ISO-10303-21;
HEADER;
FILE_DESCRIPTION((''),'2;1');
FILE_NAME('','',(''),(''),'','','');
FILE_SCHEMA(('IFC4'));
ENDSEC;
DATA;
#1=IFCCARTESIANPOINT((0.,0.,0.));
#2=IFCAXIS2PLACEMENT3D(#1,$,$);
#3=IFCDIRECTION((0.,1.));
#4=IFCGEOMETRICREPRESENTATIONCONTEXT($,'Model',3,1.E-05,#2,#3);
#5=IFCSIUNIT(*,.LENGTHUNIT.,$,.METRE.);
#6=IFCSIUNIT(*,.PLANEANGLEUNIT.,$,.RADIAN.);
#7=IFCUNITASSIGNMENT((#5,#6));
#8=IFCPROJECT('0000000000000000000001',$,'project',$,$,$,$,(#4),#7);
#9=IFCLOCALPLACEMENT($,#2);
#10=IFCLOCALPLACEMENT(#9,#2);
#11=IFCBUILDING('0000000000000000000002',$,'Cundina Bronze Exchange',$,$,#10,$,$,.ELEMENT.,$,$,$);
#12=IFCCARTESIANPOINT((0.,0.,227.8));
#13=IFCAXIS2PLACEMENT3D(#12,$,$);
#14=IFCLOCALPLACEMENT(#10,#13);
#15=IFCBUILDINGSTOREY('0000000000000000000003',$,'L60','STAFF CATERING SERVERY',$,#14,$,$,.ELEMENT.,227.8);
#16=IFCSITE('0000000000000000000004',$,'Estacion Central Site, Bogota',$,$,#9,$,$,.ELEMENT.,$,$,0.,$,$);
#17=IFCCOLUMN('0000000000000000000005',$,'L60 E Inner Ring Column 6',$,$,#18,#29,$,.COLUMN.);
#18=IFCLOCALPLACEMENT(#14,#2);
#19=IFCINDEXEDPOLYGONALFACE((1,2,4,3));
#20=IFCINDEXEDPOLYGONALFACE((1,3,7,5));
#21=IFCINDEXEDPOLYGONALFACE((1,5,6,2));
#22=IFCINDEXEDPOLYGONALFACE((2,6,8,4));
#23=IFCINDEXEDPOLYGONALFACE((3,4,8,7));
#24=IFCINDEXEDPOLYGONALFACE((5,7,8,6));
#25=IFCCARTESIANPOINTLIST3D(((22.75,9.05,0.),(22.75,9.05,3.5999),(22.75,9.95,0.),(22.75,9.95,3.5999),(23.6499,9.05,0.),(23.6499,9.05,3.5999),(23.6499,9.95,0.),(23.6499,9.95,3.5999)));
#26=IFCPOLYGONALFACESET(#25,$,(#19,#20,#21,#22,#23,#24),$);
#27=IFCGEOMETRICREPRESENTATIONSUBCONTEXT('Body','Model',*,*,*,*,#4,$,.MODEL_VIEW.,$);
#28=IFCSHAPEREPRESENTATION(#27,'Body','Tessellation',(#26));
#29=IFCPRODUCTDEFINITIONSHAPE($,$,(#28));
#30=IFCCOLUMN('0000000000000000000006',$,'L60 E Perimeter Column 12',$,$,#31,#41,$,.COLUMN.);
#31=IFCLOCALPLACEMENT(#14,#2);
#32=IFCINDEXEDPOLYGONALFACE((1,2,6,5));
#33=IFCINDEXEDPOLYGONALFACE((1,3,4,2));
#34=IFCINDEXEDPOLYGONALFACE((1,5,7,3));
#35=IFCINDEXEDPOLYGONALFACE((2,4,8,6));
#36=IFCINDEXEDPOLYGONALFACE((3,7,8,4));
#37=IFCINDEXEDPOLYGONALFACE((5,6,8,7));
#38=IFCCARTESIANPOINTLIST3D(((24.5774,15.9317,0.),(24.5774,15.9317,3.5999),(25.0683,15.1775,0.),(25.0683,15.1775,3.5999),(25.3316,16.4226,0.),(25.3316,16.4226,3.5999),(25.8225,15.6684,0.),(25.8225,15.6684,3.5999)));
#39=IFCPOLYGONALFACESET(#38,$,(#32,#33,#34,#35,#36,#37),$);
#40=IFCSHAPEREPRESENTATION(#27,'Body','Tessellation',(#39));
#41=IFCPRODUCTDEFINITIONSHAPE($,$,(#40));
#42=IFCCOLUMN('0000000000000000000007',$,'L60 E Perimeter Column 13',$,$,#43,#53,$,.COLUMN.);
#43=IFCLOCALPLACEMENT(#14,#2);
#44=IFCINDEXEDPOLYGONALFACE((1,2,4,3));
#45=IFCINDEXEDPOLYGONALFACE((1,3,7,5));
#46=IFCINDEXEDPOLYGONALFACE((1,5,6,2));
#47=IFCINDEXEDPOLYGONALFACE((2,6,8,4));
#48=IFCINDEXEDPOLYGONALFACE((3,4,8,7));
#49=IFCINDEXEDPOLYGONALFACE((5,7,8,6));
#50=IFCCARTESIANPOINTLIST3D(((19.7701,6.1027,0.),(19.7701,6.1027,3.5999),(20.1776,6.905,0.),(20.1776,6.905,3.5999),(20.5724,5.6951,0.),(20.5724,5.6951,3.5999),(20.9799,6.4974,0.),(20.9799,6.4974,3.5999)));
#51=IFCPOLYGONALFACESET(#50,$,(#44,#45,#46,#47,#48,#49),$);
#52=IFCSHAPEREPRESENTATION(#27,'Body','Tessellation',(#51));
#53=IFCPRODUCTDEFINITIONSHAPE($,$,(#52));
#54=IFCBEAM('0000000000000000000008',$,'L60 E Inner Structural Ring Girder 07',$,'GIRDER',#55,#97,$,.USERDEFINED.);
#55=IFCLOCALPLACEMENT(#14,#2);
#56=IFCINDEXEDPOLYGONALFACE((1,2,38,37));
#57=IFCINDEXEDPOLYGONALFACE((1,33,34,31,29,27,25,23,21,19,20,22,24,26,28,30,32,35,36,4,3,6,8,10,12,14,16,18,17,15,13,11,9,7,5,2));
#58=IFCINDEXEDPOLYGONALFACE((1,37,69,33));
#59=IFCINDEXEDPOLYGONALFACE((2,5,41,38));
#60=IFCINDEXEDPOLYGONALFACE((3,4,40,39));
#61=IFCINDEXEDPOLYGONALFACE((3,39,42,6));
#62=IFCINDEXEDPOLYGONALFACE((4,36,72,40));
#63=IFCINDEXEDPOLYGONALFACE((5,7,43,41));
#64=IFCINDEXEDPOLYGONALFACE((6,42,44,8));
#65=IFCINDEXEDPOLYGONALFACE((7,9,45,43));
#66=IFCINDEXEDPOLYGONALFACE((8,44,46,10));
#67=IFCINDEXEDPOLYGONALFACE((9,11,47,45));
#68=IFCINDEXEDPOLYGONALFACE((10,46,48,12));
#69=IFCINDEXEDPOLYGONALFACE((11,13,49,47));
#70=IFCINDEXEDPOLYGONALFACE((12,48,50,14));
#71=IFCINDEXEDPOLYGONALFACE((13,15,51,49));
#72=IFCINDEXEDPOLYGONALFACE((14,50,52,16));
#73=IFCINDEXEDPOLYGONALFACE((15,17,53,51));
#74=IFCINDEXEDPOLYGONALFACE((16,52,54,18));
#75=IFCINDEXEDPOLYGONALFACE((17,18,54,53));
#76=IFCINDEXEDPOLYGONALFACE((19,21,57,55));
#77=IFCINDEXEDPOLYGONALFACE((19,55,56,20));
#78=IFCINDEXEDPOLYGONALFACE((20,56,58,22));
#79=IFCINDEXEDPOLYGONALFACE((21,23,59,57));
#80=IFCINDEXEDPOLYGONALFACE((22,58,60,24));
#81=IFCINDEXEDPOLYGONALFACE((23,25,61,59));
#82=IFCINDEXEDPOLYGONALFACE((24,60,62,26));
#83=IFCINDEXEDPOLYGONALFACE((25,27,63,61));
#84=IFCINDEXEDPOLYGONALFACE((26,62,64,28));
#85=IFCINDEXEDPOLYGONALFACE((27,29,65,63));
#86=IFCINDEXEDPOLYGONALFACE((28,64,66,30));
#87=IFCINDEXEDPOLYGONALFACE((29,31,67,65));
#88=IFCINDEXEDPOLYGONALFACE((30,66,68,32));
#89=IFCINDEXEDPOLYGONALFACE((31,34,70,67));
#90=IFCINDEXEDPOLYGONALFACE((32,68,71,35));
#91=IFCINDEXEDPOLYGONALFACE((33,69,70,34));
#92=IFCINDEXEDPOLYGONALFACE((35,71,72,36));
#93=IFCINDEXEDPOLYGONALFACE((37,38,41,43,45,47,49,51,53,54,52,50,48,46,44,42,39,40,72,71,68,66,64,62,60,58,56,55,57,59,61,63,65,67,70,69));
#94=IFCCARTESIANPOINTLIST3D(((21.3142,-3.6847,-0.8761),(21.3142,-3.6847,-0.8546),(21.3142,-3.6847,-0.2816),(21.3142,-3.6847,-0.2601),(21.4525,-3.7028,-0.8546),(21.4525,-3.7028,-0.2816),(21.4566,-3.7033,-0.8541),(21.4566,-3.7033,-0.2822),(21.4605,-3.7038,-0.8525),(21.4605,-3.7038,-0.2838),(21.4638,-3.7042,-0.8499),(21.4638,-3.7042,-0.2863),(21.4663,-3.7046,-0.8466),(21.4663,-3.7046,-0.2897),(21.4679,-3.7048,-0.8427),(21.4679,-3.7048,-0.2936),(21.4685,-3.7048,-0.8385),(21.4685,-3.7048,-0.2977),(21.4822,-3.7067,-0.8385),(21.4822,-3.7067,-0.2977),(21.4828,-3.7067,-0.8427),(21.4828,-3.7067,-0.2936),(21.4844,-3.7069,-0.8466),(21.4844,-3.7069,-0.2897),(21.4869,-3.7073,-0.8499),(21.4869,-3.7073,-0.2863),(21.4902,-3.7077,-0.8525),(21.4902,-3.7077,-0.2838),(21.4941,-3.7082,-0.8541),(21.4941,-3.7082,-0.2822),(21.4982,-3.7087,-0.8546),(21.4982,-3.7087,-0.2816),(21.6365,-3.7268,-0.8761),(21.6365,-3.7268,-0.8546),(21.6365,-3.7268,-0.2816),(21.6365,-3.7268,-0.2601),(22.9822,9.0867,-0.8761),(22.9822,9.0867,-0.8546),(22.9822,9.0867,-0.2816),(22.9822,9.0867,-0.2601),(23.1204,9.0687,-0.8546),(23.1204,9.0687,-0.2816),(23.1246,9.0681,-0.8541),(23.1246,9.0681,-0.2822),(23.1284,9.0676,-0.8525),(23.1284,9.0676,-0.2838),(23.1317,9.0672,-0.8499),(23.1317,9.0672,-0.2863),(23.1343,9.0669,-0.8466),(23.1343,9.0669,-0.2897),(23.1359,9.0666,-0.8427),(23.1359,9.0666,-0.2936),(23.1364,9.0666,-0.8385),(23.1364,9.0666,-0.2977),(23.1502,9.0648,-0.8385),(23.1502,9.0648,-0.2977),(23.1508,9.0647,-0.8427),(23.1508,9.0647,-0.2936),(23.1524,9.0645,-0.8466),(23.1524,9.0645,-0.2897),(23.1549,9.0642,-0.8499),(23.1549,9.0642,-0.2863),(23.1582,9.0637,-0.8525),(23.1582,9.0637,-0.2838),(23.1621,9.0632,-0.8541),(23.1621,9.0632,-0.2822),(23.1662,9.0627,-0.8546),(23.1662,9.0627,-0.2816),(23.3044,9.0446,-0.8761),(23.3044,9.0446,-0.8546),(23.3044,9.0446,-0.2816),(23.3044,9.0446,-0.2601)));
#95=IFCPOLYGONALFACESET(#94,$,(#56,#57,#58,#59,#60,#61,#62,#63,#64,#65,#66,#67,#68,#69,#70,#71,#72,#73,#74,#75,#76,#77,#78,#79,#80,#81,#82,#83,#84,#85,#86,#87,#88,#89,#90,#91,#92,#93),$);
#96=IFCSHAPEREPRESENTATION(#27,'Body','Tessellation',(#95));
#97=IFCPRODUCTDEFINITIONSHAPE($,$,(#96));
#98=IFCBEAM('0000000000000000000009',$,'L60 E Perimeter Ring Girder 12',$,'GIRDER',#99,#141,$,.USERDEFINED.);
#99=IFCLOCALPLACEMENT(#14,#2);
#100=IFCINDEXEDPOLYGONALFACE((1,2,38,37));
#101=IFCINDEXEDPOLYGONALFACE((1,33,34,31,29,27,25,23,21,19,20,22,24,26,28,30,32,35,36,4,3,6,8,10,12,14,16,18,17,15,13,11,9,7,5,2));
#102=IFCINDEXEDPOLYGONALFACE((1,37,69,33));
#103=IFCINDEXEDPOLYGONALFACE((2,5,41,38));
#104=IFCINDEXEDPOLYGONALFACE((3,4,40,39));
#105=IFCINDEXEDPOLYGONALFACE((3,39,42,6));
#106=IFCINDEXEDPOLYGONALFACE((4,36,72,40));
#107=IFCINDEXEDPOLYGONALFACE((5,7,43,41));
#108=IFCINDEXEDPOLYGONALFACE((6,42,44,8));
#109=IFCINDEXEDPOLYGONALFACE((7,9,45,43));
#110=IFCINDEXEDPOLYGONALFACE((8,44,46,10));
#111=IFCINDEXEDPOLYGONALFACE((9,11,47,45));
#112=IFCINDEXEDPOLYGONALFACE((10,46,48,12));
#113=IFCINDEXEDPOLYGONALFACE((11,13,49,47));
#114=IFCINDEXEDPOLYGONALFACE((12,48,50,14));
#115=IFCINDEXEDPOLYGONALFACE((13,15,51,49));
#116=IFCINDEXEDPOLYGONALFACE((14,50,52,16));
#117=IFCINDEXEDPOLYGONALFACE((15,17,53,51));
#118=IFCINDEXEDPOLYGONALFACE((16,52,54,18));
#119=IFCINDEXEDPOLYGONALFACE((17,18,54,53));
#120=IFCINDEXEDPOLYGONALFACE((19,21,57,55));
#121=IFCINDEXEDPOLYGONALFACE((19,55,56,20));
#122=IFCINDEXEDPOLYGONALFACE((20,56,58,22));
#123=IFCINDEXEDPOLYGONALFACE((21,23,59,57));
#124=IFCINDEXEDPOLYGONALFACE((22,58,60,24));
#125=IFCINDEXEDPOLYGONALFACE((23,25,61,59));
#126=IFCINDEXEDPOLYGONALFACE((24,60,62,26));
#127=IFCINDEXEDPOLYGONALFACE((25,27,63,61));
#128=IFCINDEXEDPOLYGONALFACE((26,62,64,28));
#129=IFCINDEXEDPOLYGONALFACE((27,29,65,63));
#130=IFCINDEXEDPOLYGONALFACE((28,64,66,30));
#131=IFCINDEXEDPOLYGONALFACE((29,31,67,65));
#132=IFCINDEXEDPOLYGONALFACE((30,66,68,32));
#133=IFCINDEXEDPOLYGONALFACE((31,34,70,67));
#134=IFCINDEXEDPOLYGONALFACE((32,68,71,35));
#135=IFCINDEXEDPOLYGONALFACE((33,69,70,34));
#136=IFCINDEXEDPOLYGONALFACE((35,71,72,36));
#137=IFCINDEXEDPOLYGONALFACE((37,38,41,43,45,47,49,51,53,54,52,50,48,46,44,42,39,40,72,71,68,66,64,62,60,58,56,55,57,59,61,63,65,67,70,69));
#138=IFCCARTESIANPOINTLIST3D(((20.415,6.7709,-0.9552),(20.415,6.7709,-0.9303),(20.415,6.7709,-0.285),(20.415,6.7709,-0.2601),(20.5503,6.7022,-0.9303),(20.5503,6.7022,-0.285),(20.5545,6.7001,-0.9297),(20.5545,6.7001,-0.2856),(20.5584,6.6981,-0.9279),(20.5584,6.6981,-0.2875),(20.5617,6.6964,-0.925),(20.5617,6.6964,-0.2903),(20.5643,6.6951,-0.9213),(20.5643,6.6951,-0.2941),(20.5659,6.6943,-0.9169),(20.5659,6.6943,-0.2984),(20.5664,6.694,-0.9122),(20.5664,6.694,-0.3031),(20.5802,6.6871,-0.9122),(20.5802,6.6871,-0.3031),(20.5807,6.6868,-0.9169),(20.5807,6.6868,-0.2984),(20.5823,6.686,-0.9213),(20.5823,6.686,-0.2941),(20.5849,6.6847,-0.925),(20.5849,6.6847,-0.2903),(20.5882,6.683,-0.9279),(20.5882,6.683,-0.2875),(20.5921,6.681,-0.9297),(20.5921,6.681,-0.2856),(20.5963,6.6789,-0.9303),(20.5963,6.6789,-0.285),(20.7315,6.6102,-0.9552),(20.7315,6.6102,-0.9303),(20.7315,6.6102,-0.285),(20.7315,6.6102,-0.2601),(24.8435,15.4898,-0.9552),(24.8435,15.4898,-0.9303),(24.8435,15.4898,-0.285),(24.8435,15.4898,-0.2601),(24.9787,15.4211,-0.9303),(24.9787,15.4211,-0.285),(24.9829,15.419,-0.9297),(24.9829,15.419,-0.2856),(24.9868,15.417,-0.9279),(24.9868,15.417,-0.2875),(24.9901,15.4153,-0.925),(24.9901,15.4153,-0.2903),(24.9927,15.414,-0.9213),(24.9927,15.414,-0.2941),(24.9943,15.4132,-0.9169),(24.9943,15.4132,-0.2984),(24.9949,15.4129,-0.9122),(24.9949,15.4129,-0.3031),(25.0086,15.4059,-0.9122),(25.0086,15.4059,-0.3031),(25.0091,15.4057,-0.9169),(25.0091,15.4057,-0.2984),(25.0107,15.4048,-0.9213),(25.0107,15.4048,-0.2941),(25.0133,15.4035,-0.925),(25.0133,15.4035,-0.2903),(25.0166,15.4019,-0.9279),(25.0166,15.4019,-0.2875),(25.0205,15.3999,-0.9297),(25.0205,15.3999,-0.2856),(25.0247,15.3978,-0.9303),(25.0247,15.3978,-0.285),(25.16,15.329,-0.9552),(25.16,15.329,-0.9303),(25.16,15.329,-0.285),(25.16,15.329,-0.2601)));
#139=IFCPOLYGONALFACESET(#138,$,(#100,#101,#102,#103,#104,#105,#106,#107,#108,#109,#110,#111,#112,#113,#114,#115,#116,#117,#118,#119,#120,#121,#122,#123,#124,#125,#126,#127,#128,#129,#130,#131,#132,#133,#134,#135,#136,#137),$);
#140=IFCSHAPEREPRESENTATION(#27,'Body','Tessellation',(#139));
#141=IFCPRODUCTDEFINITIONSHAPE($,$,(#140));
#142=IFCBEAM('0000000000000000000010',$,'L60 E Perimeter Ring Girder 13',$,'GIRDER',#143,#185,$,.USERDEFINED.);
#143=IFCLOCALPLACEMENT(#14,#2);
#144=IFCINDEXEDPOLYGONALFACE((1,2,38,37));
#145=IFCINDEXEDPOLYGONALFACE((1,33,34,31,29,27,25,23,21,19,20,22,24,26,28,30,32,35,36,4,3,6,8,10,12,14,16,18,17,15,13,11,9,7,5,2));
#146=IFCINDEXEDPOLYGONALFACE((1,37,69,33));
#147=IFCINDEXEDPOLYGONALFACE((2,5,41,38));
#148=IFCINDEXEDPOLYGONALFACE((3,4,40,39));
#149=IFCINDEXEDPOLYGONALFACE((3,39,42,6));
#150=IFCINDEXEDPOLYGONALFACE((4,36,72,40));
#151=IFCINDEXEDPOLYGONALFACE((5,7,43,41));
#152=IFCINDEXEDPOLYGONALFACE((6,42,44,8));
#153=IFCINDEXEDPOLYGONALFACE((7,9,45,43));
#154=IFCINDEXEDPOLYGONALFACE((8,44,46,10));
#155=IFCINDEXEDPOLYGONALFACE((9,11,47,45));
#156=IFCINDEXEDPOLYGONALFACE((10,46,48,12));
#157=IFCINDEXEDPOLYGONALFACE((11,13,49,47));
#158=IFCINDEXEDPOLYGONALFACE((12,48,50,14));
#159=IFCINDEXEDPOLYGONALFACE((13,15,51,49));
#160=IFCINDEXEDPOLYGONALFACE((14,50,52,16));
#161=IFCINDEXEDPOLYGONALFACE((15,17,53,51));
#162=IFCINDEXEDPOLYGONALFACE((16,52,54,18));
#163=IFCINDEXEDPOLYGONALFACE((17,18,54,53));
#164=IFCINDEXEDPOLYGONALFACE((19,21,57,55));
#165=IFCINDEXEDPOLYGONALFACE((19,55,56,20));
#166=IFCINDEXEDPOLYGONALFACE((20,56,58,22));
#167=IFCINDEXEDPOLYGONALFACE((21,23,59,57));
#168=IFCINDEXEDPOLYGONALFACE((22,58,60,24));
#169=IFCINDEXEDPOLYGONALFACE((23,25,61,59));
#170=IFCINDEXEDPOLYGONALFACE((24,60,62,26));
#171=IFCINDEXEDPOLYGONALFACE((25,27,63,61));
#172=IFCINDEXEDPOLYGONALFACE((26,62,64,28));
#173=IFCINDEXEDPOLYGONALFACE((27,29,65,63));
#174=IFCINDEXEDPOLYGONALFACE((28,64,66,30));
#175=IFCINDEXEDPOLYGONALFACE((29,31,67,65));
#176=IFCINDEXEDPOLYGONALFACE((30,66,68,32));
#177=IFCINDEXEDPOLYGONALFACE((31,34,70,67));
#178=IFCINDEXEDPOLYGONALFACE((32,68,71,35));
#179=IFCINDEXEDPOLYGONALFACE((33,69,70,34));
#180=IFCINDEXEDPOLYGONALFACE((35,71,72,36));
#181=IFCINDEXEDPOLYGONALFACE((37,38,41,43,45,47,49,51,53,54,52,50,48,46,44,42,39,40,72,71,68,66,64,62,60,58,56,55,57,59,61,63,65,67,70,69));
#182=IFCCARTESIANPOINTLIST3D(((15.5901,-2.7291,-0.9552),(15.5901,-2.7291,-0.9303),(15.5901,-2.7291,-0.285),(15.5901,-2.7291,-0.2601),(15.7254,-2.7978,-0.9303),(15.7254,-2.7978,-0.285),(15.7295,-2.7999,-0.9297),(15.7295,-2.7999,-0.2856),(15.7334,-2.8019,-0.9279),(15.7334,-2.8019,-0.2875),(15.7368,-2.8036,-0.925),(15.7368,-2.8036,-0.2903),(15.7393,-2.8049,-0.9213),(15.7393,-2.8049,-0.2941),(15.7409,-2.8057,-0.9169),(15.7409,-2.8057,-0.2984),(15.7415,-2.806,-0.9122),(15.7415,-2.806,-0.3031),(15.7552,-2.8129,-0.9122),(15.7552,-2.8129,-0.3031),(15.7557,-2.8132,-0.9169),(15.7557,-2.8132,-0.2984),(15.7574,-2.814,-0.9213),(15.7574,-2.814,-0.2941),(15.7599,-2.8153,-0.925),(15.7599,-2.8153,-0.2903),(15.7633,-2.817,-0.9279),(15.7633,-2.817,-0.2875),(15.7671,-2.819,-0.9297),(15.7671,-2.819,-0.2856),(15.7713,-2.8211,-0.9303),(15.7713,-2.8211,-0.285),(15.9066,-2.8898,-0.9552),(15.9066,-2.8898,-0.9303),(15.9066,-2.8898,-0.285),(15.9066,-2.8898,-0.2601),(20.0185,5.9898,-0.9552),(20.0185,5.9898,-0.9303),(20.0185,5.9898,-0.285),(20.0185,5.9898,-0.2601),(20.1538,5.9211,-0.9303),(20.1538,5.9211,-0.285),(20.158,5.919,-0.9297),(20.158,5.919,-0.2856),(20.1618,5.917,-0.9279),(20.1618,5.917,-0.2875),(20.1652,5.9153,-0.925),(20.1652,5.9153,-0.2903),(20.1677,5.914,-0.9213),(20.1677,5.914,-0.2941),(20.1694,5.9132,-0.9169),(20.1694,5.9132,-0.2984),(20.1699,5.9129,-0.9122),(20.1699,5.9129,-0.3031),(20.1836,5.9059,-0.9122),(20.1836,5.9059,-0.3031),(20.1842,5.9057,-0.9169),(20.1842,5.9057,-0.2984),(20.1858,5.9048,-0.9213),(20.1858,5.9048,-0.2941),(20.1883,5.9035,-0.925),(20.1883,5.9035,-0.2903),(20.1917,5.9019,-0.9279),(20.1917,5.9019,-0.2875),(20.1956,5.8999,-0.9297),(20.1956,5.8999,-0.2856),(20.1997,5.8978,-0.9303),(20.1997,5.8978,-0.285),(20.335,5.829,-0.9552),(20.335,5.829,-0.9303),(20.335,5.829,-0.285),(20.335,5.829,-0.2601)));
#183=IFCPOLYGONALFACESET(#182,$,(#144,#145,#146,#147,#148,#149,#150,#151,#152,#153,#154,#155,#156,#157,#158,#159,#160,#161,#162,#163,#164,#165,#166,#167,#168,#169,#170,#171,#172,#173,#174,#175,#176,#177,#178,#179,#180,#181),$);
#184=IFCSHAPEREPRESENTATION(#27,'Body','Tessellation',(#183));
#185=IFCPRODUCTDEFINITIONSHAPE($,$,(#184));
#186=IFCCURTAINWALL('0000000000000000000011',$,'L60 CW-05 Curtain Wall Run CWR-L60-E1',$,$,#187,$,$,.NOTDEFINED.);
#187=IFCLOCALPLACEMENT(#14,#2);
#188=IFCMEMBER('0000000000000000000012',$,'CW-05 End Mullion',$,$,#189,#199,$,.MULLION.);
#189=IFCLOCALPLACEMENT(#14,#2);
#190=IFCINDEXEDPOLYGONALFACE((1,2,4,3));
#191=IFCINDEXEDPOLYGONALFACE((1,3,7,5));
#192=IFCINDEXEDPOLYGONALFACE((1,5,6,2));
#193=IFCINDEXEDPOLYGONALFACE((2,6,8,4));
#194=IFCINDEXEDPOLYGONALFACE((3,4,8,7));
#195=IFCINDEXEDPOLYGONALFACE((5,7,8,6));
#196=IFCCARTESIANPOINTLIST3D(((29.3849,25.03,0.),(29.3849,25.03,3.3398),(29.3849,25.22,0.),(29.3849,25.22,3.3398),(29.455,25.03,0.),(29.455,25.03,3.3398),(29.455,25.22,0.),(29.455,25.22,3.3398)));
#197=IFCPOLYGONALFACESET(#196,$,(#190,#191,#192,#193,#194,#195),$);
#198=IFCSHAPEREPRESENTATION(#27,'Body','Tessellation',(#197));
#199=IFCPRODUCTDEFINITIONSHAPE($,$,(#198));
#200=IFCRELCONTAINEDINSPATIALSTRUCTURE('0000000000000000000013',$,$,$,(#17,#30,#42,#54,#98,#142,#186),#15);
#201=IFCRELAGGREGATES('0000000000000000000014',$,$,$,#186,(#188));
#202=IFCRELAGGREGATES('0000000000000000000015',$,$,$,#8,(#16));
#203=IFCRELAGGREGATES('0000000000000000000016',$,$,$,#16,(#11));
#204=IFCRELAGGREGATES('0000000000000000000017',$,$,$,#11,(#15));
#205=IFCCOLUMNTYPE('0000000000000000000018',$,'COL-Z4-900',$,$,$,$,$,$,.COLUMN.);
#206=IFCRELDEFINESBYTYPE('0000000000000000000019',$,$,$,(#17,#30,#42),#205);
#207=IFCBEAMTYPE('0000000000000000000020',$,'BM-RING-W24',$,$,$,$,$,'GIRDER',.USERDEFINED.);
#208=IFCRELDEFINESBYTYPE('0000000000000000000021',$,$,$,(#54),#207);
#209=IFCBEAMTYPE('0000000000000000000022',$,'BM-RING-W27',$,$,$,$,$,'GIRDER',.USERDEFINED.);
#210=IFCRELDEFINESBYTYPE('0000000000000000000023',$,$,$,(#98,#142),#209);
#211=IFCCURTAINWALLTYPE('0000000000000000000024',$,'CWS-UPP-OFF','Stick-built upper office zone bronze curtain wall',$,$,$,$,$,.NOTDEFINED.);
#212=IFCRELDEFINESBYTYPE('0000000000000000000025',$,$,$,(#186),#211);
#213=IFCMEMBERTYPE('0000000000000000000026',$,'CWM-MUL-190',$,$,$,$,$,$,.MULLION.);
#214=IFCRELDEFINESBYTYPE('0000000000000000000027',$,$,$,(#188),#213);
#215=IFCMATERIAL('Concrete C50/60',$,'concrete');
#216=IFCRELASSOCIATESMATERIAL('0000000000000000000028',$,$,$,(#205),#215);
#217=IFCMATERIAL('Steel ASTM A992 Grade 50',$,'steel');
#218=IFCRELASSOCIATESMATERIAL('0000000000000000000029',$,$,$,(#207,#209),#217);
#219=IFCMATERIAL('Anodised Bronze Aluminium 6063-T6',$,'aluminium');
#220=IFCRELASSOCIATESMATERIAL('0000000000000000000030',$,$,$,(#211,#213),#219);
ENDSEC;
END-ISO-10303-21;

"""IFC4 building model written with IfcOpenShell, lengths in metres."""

from ifc_helpers import new_model, si_unit, direction, frame, origin, origin_2d, place, context, subcontext, project, spatial, rectangle, i_section, extrude, material, material_profile, profile_set, type_object, element, aggregate, save


model = new_model("IFC4")

# Units and contexts
model_context = context("Model", 3, precision=1e-05, world=origin(), true_north=direction((0.0, 1.0)))
body_context = subcontext(model_context, "Body", "Model", "MODEL_VIEW")
ifc_project = project(units=[si_unit("LENGTHUNIT", "METRE"), si_unit("PLANEANGLEUNIT", "RADIAN")], contexts=[model_context])

# Site, building, storey
site_placement = place(None, origin())
site = spatial("IfcSite", under=ifc_project, at=site_placement, Name="Estacion Central Site, Bogota", CompositionType="ELEMENT", RefElevation=0.0)
building_placement = place(site_placement, origin())
building = spatial("IfcBuilding", under=site, at=building_placement, Name="Cundina Bronze Exchange", CompositionType="ELEMENT")
storey_placement = place(building_placement, frame((0.0, 0.0, 227.8)))
storey = spatial("IfcBuildingStorey", under=building, at=storey_placement, Name="L60", Description="STAFF CATERING SERVERY", CompositionType="ELEMENT", Elevation=227.8)

# Columns
ifc_material_1 = material(Name="Concrete C50/60", Category="concrete")
ifc_material_profile_1 = material_profile(ifc_material_1, rectangle(XDim=0.8999, YDim=0.8999, at=origin_2d()), Name="RC900X900", Category="concrete")
ifc_profile_set_1 = profile_set([ifc_material_profile_1], Name="Concrete C50/60")
column_type = type_object("IfcColumnType", Name="COL-Z4-900", PredefinedType="COLUMN", material=ifc_profile_set_1)
for number, where, z_axis, x_axis, name in (
    (1, (23.2, 9.5, 0.0), (0.0, 0.0, 1.0), (1.0, 0.0, 0.0), "L60 E Inner Ring Column 6"),
    (2, (25.2, 15.8, 0.0), (0.0, 0.0, 1.0), (-0.8381, -0.545517, 0.0), "L60 E Perimeter Column 12"),
    (3, (20.375, 6.3, 0.0), (0.0, 0.0, 1.0), (-0.452902, -0.891561, 0.0), "L60 E Perimeter Column 13"),
):
    element("IfcColumn", number, at=place(storey_placement, frame(where, z_axis=z_axis, x_axis=x_axis)), inside=storey, type_object=column_type, Name=name, PredefinedType="COLUMN", context=body_context, shape_type="SweptSolid", body=[
        extrude(rectangle(XDim=0.8999, YDim=0.8999, at=origin_2d()), origin(), (0.0, 0.0, 1.0), 3.5999),
    ])

# Beams
ifc_material_2 = material(Name="Steel ASTM A992 Grade 50", Category="steel")
ifc_material_profile_2 = material_profile(ifc_material_2, i_section(OverallWidth=0.325, OverallDepth=0.616, WebThickness=0.0139, FlangeThickness=0.0215, FilletRadius=0.0161, at=origin_2d()), Name="W24X117", Category="steel")
ifc_profile_set_2 = profile_set([ifc_material_profile_2], Name="Steel ASTM A992 Grade 50")
beam_type_1 = type_object("IfcBeamType", Name="BM-RING-W24", ElementType="GIRDER", PredefinedType="USERDEFINED", material=ifc_profile_set_2)
beam_placement = place(storey_placement, frame((23.1433, 9.0657, -0.5681), z_axis=(-0.129501, -0.991579, 0.0), x_axis=(0.991579, -0.129501, 0.0)))
element("IfcBeam", 4, at=beam_placement, inside=storey, type_object=beam_type_1, Name="L60 E Inner Structural Ring Girder 07", ObjectType="GIRDER", PredefinedType="USERDEFINED", context=body_context, shape_type="SweptSolid", body=[
    extrude(i_section(OverallWidth=0.325, OverallDepth=0.616, WebThickness=0.0139, FlangeThickness=0.0215, FilletRadius=0.0161, at=origin_2d()), origin(), (0.0, 0.0, 1.0), 12.8799),
])
ifc_material_profile_3 = material_profile(ifc_material_2, i_section(OverallWidth=0.355, OverallDepth=0.6951, WebThickness=0.0154, FlangeThickness=0.0249, FilletRadius=0.0181, at=origin_2d()), Name="W27X146", Category="steel")
ifc_profile_set_3 = profile_set([ifc_material_profile_3], Name="Steel ASTM A992 Grade 50")
beam_type_2 = type_object("IfcBeamType", Name="BM-RING-W27", ElementType="GIRDER", PredefinedType="USERDEFINED", material=ifc_profile_set_3)
for number, where, z_axis, x_axis, name in (
    (5, (25.0017, 15.4094, -0.6077), (-0.452847, -0.891588, 0.0), (0.891588, -0.452847, 0.0), "L60 E Perimeter Ring Girder 12"),
    (6, (20.1768, 5.9094, -0.6077), (-0.452847, -0.891588, 0.0), (0.891588, -0.452847, 0.0), "L60 E Perimeter Ring Girder 13"),
):
    element("IfcBeam", number, at=place(storey_placement, frame(where, z_axis=z_axis, x_axis=x_axis)), inside=storey, type_object=beam_type_2, Name=name, ObjectType="GIRDER", PredefinedType="USERDEFINED", context=body_context, shape_type="SweptSolid", body=[
        extrude(i_section(OverallWidth=0.355, OverallDepth=0.6951, WebThickness=0.0154, FlangeThickness=0.0249, FilletRadius=0.0181, at=origin_2d()), origin(), (0.0, 0.0, 1.0), 9.7791),
    ])

# Curtain wall, member
ifc_material_3 = material(Name="Anodised Bronze Aluminium 6063-T6", Category="aluminium")
curtain_wall_type = type_object("IfcCurtainWallType", Name="CWS-UPP-OFF", Description="Stick-built upper office zone bronze curtain wall", PredefinedType="NOTDEFINED", material=ifc_material_3)
curtain_wall_1_placement = place(storey_placement, origin())
curtain_wall_1 = element("IfcCurtainWall", 7, at=curtain_wall_1_placement, inside=storey, type_object=curtain_wall_type, Name="L60 CW-05 Curtain Wall Run CWR-L60-E1", PredefinedType="NOTDEFINED")
ifc_material_profile_4 = material_profile(ifc_material_3, rectangle(XDim=0.0701, YDim=0.1899, at=origin_2d()), Name="AL70X190", Category="aluminium")
ifc_profile_set_4 = profile_set([ifc_material_profile_4], Name="Anodised Bronze Aluminium 6063-T6")
member_type_1 = type_object("IfcMemberType", Name="CWM-MUL-190", PredefinedType="MULLION", material=ifc_profile_set_4)
member_1_placement = place(storey_placement, frame((29.4199, 25.125, 0.0), z_axis=(0.0, 0.0, 1.0), x_axis=(-1.0, 0.0, 0.0)))
member_1 = element("IfcMember", 8, at=member_1_placement, type_object=member_type_1, Name="CW-05 End Mullion", PredefinedType="MULLION", context=body_context, shape_type="SweptSolid", body=[
    extrude(rectangle(XDim=0.0701, YDim=0.1899, at=origin_2d()), origin(), (0.0, 0.0, 1.0), 3.3398),
])
aggregate(curtain_wall_1, [member_1])

save(model, "model.ifc")
